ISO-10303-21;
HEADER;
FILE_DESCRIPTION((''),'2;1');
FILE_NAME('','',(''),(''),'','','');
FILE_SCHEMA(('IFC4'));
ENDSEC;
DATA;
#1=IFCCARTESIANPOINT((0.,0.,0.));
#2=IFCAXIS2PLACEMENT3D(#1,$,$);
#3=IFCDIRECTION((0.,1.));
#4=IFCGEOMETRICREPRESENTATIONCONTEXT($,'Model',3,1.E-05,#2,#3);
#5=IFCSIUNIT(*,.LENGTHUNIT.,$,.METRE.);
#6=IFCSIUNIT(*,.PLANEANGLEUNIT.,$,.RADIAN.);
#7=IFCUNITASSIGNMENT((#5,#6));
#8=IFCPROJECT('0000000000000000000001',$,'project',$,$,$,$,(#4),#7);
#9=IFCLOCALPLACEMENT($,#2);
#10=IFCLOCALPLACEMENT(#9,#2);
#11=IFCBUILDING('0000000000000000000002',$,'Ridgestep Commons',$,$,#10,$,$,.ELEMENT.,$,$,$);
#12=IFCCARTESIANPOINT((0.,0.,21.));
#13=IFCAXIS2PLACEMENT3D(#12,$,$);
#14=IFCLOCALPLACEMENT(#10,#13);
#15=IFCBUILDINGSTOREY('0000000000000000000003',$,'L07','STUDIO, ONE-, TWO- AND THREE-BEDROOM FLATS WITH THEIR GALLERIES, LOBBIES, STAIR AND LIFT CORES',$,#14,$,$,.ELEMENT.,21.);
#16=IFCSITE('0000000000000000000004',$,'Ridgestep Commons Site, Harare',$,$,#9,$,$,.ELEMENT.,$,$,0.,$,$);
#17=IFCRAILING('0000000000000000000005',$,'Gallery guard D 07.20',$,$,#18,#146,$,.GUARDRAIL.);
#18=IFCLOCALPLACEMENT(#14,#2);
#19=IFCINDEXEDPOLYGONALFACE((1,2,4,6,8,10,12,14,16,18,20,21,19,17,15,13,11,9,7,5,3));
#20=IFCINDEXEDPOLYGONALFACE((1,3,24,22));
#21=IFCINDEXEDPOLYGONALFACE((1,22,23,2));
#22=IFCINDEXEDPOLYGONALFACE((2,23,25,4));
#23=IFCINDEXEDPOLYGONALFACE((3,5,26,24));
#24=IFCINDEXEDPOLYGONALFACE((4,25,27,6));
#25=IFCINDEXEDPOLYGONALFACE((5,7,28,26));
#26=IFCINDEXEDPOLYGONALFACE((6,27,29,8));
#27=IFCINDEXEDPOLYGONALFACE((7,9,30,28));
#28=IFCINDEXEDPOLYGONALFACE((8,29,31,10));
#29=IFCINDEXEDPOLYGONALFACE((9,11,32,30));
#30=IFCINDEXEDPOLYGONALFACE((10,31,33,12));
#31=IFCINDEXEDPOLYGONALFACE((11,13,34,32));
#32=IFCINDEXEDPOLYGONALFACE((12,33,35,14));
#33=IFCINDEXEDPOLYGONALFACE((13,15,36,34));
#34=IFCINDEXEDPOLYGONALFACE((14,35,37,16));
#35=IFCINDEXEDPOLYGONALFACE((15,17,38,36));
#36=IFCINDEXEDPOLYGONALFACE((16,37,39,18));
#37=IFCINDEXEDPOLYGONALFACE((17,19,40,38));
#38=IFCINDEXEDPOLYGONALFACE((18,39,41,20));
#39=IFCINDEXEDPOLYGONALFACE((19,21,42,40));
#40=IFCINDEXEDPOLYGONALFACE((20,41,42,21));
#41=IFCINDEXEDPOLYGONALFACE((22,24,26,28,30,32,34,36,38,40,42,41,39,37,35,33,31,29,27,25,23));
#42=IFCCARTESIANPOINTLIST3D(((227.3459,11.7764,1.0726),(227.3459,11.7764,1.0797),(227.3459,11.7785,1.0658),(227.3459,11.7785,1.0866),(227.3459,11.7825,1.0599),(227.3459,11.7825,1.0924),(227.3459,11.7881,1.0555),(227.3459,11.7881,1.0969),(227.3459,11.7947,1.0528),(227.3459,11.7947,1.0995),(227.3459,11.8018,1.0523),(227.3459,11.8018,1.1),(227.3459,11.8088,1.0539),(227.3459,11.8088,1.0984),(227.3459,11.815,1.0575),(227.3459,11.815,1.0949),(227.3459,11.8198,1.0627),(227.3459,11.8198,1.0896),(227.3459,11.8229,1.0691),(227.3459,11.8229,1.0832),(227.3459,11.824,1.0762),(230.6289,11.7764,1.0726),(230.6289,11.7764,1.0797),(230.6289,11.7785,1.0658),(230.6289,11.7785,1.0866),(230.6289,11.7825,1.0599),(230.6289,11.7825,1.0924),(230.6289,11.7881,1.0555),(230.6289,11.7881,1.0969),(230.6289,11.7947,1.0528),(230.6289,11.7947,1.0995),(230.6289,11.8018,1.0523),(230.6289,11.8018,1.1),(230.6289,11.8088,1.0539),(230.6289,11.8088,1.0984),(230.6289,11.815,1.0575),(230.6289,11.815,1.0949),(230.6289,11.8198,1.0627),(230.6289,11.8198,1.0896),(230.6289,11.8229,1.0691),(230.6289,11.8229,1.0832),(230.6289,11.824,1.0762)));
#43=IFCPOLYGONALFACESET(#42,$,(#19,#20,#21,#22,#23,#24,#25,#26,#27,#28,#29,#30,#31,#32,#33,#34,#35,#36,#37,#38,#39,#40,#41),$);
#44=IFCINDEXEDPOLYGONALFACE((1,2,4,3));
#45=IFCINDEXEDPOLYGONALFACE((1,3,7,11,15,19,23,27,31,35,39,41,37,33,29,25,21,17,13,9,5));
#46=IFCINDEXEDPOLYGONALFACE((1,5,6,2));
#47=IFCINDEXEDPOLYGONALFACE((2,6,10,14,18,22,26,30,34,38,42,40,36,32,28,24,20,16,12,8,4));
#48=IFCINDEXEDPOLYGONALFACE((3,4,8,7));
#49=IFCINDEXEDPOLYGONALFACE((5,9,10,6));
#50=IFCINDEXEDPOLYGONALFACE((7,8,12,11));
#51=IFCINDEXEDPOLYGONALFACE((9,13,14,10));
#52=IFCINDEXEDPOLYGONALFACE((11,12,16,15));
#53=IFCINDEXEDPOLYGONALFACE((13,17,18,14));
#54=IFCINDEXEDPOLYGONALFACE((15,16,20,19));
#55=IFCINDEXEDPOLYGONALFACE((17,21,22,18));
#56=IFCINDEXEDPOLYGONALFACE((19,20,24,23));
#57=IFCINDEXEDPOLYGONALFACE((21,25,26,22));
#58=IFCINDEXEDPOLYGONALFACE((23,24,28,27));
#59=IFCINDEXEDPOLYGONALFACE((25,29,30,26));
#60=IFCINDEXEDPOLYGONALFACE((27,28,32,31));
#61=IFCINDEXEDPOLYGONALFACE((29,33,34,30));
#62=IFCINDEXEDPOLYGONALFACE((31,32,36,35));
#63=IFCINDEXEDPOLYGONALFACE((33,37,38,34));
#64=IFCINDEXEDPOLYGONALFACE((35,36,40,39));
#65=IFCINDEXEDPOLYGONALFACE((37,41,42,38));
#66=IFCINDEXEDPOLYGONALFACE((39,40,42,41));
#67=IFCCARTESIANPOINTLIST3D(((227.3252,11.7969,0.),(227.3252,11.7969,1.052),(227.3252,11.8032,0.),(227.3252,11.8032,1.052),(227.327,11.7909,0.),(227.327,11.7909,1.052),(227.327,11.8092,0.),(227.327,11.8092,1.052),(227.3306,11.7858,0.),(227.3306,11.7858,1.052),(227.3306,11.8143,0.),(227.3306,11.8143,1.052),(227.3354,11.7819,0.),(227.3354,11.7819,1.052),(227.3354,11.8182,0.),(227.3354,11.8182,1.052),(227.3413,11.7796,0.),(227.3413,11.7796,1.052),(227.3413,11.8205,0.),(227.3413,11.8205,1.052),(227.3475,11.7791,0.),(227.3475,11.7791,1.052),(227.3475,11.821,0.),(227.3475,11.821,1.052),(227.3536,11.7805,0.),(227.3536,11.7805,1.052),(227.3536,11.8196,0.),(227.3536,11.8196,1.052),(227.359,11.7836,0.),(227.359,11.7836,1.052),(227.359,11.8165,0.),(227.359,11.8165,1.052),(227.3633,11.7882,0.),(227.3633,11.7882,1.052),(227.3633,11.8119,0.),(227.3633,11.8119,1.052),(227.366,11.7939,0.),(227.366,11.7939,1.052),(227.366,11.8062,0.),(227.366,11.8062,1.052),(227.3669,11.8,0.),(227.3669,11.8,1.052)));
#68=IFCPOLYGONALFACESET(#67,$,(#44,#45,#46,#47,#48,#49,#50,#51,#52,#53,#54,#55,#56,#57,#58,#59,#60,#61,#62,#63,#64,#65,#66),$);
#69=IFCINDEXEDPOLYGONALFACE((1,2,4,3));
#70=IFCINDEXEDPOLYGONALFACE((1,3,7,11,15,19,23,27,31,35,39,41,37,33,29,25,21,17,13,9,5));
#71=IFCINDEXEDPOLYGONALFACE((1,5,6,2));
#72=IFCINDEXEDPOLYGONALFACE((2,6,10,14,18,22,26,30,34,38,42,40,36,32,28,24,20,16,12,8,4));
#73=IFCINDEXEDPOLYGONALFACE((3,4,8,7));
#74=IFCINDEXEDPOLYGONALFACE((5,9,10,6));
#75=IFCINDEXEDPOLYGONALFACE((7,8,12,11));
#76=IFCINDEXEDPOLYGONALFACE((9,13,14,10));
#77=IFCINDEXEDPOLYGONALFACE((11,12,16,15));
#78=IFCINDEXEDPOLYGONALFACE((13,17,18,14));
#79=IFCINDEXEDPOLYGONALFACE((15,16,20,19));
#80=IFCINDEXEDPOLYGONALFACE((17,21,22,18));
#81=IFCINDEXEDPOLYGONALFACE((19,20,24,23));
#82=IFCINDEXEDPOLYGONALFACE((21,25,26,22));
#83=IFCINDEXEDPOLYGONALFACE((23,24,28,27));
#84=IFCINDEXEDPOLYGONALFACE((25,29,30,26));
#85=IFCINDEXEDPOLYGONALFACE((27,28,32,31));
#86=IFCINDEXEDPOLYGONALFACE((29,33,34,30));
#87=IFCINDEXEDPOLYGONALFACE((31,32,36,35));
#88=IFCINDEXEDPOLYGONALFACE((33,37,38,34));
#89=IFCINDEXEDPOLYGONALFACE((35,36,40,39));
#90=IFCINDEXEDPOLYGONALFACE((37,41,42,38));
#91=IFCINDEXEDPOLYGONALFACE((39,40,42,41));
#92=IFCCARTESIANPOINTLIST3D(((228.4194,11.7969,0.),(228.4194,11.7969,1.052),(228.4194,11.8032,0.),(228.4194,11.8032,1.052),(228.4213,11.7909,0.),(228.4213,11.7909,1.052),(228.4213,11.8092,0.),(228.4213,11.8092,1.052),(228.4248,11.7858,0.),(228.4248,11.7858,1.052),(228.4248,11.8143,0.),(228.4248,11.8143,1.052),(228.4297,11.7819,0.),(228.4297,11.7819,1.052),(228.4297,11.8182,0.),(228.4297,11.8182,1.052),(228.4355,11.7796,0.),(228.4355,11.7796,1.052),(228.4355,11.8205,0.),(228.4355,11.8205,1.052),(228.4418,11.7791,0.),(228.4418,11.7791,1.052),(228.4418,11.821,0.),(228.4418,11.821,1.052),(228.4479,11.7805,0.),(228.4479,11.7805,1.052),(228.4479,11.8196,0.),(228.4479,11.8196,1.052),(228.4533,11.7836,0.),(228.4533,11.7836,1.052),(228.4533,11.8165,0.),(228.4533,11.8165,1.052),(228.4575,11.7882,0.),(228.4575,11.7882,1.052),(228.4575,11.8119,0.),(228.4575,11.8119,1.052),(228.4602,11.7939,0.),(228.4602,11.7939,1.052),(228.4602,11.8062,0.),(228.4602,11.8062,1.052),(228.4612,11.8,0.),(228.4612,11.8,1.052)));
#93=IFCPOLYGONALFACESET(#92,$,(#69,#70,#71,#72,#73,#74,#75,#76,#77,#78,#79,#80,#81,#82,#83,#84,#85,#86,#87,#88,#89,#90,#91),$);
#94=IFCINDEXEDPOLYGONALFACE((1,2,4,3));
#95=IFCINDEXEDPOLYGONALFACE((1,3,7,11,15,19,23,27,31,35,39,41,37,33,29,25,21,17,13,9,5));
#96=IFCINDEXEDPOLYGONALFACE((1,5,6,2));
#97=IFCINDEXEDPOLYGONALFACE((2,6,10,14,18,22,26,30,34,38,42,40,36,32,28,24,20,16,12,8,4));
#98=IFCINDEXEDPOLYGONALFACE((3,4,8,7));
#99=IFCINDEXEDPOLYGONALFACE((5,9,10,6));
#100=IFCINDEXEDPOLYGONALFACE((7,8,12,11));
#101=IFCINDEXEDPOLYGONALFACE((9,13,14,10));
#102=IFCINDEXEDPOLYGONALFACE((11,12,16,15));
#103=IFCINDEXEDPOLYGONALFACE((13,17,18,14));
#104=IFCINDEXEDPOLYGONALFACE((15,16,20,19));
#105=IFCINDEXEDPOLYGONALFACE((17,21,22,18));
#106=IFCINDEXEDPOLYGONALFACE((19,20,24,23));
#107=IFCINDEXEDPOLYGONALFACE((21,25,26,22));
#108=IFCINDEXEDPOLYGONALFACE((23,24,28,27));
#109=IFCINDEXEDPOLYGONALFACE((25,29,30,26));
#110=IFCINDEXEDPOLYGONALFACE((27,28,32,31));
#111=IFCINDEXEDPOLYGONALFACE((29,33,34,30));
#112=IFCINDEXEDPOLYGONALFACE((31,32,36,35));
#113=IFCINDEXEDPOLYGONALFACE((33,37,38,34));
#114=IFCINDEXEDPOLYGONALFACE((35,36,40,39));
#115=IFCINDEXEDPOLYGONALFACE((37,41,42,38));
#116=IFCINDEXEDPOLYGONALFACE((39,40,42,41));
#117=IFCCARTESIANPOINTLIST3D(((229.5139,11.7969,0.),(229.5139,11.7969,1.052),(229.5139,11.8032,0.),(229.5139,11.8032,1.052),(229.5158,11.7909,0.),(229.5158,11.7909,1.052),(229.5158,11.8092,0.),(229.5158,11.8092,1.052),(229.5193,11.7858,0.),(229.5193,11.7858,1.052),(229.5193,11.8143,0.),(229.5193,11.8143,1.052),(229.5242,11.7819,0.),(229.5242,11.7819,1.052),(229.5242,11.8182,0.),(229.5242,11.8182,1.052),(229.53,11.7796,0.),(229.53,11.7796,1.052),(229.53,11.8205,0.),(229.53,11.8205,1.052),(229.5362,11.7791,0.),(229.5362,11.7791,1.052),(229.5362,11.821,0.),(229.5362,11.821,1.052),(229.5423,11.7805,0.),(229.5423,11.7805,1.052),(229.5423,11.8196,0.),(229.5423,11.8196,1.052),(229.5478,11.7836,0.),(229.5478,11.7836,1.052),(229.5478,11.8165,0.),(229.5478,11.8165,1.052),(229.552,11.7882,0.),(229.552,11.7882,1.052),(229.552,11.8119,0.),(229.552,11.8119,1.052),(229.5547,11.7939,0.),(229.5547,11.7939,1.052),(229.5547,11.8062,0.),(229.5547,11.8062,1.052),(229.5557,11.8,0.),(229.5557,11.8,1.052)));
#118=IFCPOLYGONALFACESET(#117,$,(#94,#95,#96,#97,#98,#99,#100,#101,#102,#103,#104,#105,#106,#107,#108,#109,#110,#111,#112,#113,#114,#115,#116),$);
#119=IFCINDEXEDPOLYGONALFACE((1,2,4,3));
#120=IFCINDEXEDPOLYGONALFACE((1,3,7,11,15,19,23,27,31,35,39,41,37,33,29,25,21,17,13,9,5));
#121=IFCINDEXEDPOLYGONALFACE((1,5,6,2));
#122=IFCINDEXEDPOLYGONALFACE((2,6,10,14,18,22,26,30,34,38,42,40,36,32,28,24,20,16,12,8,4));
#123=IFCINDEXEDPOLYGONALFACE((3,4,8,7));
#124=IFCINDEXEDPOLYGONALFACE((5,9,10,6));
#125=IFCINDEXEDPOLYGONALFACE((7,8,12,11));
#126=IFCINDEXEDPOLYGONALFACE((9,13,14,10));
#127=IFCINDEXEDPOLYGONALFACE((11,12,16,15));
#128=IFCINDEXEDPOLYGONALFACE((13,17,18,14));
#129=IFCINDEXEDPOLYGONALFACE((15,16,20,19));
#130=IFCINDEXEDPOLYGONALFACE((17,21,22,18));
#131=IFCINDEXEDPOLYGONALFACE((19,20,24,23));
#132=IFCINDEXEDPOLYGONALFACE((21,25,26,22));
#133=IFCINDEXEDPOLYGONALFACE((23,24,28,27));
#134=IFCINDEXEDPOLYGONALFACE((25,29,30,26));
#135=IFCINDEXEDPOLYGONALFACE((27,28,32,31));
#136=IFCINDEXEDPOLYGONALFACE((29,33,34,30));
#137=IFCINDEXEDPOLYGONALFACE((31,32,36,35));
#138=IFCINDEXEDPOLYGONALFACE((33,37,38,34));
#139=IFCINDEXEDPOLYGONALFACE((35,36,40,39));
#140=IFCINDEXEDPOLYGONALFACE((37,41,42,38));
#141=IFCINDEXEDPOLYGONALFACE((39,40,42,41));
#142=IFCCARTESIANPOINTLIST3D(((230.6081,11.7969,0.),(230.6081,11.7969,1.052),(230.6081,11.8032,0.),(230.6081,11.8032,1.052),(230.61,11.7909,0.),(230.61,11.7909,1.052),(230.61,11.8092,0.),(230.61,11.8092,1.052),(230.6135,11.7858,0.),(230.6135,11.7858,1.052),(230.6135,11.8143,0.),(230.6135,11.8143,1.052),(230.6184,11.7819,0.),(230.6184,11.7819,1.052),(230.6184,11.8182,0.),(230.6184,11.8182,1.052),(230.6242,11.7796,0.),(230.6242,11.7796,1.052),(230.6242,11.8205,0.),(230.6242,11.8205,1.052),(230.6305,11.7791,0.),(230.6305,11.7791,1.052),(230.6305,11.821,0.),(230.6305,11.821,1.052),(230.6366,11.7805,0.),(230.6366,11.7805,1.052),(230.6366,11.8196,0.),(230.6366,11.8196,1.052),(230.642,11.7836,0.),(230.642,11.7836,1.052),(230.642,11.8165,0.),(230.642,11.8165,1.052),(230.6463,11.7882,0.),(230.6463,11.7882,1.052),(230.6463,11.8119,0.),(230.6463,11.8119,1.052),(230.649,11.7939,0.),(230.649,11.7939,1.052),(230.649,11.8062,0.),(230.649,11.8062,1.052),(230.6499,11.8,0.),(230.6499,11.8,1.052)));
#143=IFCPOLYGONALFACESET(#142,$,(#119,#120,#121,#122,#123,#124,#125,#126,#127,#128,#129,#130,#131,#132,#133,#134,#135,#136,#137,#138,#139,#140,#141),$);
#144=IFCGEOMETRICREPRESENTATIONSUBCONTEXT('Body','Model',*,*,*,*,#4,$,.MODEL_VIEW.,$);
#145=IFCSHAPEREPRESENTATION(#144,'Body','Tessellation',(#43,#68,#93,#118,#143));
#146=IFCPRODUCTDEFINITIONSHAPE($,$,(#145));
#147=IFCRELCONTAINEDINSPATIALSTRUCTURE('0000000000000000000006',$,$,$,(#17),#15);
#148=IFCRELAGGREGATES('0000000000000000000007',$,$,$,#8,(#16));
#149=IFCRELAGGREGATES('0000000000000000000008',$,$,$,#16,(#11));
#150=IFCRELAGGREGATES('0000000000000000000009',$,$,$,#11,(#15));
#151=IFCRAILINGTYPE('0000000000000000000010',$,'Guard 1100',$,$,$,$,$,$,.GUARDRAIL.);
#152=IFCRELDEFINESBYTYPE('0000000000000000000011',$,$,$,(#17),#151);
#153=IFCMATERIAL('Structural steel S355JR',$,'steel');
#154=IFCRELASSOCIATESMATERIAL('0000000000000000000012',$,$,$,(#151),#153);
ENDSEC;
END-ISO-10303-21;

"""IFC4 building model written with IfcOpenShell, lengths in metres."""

from ifc_helpers import new_model, si_unit, direction, frame, origin, origin_2d, place, context, subcontext, project, spatial, circle, extrude, material, type_object, element, save


model = new_model("IFC4")

# Units and contexts
model_context = context("Model", 3, precision=1e-05, world=origin(), true_north=direction((0.0, 1.0)))
body_context = subcontext(model_context, "Body", "Model", "MODEL_VIEW")
ifc_project = project(units=[si_unit("LENGTHUNIT", "METRE"), si_unit("PLANEANGLEUNIT", "RADIAN")], contexts=[model_context])

# Site, building, storey
site_placement = place(None, origin())
site = spatial("IfcSite", under=ifc_project, at=site_placement, Name="Ridgestep Commons Site, Harare", CompositionType="ELEMENT", RefElevation=0.0)
building_placement = place(site_placement, origin())
building = spatial("IfcBuilding", under=site, at=building_placement, Name="Ridgestep Commons", CompositionType="ELEMENT")
storey_placement = place(building_placement, frame((0.0, 0.0, 21.0)))
storey = spatial("IfcBuildingStorey", under=building, at=storey_placement, Name="L07", Description="STUDIO, ONE-, TWO- AND THREE-BEDROOM FLATS WITH THEIR GALLERIES, LOBBIES, STAIR AND LIFT CORES", CompositionType="ELEMENT", Elevation=21.0)

# Railing
ifc_material_1 = material(Name="Structural steel S355JR", Category="steel")
railing_type = type_object("IfcRailingType", Name="Guard 1100", PredefinedType="GUARDRAIL", material=ifc_material_1)
railing_1_placement = place(storey_placement, frame((227.3459, 11.8, 0.0)))
element("IfcRailing", 1, at=railing_1_placement, inside=storey, type_object=railing_type, Name="Gallery guard D 07.20", PredefinedType="GUARDRAIL", context=body_context, shape_type="SweptSolid", body=[
    extrude(circle(Radius=0.0239, at=origin_2d()), frame((0.0, 0.0, 1.0762), z_axis=(1.0, 0.0, 0.0), x_axis=(0.0, 1.0, 0.0)), (0.0, 0.0, 1.0), 3.283),
    extrude(circle(Radius=0.021, at=origin_2d()), origin(), (0.0, 0.0, 1.0), 1.052),
    extrude(circle(Radius=0.021, at=origin_2d()), frame((1.0942, 0.0, 0.0)), (0.0, 0.0, 1.0), 1.052),
    extrude(circle(Radius=0.021, at=origin_2d()), frame((2.1887, 0.0, 0.0)), (0.0, 0.0, 1.0), 1.052),
    extrude(circle(Radius=0.021, at=origin_2d()), frame((3.283, 0.0, 0.0)), (0.0, 0.0, 1.0), 1.052),
])

save(model, "model.ifc")
